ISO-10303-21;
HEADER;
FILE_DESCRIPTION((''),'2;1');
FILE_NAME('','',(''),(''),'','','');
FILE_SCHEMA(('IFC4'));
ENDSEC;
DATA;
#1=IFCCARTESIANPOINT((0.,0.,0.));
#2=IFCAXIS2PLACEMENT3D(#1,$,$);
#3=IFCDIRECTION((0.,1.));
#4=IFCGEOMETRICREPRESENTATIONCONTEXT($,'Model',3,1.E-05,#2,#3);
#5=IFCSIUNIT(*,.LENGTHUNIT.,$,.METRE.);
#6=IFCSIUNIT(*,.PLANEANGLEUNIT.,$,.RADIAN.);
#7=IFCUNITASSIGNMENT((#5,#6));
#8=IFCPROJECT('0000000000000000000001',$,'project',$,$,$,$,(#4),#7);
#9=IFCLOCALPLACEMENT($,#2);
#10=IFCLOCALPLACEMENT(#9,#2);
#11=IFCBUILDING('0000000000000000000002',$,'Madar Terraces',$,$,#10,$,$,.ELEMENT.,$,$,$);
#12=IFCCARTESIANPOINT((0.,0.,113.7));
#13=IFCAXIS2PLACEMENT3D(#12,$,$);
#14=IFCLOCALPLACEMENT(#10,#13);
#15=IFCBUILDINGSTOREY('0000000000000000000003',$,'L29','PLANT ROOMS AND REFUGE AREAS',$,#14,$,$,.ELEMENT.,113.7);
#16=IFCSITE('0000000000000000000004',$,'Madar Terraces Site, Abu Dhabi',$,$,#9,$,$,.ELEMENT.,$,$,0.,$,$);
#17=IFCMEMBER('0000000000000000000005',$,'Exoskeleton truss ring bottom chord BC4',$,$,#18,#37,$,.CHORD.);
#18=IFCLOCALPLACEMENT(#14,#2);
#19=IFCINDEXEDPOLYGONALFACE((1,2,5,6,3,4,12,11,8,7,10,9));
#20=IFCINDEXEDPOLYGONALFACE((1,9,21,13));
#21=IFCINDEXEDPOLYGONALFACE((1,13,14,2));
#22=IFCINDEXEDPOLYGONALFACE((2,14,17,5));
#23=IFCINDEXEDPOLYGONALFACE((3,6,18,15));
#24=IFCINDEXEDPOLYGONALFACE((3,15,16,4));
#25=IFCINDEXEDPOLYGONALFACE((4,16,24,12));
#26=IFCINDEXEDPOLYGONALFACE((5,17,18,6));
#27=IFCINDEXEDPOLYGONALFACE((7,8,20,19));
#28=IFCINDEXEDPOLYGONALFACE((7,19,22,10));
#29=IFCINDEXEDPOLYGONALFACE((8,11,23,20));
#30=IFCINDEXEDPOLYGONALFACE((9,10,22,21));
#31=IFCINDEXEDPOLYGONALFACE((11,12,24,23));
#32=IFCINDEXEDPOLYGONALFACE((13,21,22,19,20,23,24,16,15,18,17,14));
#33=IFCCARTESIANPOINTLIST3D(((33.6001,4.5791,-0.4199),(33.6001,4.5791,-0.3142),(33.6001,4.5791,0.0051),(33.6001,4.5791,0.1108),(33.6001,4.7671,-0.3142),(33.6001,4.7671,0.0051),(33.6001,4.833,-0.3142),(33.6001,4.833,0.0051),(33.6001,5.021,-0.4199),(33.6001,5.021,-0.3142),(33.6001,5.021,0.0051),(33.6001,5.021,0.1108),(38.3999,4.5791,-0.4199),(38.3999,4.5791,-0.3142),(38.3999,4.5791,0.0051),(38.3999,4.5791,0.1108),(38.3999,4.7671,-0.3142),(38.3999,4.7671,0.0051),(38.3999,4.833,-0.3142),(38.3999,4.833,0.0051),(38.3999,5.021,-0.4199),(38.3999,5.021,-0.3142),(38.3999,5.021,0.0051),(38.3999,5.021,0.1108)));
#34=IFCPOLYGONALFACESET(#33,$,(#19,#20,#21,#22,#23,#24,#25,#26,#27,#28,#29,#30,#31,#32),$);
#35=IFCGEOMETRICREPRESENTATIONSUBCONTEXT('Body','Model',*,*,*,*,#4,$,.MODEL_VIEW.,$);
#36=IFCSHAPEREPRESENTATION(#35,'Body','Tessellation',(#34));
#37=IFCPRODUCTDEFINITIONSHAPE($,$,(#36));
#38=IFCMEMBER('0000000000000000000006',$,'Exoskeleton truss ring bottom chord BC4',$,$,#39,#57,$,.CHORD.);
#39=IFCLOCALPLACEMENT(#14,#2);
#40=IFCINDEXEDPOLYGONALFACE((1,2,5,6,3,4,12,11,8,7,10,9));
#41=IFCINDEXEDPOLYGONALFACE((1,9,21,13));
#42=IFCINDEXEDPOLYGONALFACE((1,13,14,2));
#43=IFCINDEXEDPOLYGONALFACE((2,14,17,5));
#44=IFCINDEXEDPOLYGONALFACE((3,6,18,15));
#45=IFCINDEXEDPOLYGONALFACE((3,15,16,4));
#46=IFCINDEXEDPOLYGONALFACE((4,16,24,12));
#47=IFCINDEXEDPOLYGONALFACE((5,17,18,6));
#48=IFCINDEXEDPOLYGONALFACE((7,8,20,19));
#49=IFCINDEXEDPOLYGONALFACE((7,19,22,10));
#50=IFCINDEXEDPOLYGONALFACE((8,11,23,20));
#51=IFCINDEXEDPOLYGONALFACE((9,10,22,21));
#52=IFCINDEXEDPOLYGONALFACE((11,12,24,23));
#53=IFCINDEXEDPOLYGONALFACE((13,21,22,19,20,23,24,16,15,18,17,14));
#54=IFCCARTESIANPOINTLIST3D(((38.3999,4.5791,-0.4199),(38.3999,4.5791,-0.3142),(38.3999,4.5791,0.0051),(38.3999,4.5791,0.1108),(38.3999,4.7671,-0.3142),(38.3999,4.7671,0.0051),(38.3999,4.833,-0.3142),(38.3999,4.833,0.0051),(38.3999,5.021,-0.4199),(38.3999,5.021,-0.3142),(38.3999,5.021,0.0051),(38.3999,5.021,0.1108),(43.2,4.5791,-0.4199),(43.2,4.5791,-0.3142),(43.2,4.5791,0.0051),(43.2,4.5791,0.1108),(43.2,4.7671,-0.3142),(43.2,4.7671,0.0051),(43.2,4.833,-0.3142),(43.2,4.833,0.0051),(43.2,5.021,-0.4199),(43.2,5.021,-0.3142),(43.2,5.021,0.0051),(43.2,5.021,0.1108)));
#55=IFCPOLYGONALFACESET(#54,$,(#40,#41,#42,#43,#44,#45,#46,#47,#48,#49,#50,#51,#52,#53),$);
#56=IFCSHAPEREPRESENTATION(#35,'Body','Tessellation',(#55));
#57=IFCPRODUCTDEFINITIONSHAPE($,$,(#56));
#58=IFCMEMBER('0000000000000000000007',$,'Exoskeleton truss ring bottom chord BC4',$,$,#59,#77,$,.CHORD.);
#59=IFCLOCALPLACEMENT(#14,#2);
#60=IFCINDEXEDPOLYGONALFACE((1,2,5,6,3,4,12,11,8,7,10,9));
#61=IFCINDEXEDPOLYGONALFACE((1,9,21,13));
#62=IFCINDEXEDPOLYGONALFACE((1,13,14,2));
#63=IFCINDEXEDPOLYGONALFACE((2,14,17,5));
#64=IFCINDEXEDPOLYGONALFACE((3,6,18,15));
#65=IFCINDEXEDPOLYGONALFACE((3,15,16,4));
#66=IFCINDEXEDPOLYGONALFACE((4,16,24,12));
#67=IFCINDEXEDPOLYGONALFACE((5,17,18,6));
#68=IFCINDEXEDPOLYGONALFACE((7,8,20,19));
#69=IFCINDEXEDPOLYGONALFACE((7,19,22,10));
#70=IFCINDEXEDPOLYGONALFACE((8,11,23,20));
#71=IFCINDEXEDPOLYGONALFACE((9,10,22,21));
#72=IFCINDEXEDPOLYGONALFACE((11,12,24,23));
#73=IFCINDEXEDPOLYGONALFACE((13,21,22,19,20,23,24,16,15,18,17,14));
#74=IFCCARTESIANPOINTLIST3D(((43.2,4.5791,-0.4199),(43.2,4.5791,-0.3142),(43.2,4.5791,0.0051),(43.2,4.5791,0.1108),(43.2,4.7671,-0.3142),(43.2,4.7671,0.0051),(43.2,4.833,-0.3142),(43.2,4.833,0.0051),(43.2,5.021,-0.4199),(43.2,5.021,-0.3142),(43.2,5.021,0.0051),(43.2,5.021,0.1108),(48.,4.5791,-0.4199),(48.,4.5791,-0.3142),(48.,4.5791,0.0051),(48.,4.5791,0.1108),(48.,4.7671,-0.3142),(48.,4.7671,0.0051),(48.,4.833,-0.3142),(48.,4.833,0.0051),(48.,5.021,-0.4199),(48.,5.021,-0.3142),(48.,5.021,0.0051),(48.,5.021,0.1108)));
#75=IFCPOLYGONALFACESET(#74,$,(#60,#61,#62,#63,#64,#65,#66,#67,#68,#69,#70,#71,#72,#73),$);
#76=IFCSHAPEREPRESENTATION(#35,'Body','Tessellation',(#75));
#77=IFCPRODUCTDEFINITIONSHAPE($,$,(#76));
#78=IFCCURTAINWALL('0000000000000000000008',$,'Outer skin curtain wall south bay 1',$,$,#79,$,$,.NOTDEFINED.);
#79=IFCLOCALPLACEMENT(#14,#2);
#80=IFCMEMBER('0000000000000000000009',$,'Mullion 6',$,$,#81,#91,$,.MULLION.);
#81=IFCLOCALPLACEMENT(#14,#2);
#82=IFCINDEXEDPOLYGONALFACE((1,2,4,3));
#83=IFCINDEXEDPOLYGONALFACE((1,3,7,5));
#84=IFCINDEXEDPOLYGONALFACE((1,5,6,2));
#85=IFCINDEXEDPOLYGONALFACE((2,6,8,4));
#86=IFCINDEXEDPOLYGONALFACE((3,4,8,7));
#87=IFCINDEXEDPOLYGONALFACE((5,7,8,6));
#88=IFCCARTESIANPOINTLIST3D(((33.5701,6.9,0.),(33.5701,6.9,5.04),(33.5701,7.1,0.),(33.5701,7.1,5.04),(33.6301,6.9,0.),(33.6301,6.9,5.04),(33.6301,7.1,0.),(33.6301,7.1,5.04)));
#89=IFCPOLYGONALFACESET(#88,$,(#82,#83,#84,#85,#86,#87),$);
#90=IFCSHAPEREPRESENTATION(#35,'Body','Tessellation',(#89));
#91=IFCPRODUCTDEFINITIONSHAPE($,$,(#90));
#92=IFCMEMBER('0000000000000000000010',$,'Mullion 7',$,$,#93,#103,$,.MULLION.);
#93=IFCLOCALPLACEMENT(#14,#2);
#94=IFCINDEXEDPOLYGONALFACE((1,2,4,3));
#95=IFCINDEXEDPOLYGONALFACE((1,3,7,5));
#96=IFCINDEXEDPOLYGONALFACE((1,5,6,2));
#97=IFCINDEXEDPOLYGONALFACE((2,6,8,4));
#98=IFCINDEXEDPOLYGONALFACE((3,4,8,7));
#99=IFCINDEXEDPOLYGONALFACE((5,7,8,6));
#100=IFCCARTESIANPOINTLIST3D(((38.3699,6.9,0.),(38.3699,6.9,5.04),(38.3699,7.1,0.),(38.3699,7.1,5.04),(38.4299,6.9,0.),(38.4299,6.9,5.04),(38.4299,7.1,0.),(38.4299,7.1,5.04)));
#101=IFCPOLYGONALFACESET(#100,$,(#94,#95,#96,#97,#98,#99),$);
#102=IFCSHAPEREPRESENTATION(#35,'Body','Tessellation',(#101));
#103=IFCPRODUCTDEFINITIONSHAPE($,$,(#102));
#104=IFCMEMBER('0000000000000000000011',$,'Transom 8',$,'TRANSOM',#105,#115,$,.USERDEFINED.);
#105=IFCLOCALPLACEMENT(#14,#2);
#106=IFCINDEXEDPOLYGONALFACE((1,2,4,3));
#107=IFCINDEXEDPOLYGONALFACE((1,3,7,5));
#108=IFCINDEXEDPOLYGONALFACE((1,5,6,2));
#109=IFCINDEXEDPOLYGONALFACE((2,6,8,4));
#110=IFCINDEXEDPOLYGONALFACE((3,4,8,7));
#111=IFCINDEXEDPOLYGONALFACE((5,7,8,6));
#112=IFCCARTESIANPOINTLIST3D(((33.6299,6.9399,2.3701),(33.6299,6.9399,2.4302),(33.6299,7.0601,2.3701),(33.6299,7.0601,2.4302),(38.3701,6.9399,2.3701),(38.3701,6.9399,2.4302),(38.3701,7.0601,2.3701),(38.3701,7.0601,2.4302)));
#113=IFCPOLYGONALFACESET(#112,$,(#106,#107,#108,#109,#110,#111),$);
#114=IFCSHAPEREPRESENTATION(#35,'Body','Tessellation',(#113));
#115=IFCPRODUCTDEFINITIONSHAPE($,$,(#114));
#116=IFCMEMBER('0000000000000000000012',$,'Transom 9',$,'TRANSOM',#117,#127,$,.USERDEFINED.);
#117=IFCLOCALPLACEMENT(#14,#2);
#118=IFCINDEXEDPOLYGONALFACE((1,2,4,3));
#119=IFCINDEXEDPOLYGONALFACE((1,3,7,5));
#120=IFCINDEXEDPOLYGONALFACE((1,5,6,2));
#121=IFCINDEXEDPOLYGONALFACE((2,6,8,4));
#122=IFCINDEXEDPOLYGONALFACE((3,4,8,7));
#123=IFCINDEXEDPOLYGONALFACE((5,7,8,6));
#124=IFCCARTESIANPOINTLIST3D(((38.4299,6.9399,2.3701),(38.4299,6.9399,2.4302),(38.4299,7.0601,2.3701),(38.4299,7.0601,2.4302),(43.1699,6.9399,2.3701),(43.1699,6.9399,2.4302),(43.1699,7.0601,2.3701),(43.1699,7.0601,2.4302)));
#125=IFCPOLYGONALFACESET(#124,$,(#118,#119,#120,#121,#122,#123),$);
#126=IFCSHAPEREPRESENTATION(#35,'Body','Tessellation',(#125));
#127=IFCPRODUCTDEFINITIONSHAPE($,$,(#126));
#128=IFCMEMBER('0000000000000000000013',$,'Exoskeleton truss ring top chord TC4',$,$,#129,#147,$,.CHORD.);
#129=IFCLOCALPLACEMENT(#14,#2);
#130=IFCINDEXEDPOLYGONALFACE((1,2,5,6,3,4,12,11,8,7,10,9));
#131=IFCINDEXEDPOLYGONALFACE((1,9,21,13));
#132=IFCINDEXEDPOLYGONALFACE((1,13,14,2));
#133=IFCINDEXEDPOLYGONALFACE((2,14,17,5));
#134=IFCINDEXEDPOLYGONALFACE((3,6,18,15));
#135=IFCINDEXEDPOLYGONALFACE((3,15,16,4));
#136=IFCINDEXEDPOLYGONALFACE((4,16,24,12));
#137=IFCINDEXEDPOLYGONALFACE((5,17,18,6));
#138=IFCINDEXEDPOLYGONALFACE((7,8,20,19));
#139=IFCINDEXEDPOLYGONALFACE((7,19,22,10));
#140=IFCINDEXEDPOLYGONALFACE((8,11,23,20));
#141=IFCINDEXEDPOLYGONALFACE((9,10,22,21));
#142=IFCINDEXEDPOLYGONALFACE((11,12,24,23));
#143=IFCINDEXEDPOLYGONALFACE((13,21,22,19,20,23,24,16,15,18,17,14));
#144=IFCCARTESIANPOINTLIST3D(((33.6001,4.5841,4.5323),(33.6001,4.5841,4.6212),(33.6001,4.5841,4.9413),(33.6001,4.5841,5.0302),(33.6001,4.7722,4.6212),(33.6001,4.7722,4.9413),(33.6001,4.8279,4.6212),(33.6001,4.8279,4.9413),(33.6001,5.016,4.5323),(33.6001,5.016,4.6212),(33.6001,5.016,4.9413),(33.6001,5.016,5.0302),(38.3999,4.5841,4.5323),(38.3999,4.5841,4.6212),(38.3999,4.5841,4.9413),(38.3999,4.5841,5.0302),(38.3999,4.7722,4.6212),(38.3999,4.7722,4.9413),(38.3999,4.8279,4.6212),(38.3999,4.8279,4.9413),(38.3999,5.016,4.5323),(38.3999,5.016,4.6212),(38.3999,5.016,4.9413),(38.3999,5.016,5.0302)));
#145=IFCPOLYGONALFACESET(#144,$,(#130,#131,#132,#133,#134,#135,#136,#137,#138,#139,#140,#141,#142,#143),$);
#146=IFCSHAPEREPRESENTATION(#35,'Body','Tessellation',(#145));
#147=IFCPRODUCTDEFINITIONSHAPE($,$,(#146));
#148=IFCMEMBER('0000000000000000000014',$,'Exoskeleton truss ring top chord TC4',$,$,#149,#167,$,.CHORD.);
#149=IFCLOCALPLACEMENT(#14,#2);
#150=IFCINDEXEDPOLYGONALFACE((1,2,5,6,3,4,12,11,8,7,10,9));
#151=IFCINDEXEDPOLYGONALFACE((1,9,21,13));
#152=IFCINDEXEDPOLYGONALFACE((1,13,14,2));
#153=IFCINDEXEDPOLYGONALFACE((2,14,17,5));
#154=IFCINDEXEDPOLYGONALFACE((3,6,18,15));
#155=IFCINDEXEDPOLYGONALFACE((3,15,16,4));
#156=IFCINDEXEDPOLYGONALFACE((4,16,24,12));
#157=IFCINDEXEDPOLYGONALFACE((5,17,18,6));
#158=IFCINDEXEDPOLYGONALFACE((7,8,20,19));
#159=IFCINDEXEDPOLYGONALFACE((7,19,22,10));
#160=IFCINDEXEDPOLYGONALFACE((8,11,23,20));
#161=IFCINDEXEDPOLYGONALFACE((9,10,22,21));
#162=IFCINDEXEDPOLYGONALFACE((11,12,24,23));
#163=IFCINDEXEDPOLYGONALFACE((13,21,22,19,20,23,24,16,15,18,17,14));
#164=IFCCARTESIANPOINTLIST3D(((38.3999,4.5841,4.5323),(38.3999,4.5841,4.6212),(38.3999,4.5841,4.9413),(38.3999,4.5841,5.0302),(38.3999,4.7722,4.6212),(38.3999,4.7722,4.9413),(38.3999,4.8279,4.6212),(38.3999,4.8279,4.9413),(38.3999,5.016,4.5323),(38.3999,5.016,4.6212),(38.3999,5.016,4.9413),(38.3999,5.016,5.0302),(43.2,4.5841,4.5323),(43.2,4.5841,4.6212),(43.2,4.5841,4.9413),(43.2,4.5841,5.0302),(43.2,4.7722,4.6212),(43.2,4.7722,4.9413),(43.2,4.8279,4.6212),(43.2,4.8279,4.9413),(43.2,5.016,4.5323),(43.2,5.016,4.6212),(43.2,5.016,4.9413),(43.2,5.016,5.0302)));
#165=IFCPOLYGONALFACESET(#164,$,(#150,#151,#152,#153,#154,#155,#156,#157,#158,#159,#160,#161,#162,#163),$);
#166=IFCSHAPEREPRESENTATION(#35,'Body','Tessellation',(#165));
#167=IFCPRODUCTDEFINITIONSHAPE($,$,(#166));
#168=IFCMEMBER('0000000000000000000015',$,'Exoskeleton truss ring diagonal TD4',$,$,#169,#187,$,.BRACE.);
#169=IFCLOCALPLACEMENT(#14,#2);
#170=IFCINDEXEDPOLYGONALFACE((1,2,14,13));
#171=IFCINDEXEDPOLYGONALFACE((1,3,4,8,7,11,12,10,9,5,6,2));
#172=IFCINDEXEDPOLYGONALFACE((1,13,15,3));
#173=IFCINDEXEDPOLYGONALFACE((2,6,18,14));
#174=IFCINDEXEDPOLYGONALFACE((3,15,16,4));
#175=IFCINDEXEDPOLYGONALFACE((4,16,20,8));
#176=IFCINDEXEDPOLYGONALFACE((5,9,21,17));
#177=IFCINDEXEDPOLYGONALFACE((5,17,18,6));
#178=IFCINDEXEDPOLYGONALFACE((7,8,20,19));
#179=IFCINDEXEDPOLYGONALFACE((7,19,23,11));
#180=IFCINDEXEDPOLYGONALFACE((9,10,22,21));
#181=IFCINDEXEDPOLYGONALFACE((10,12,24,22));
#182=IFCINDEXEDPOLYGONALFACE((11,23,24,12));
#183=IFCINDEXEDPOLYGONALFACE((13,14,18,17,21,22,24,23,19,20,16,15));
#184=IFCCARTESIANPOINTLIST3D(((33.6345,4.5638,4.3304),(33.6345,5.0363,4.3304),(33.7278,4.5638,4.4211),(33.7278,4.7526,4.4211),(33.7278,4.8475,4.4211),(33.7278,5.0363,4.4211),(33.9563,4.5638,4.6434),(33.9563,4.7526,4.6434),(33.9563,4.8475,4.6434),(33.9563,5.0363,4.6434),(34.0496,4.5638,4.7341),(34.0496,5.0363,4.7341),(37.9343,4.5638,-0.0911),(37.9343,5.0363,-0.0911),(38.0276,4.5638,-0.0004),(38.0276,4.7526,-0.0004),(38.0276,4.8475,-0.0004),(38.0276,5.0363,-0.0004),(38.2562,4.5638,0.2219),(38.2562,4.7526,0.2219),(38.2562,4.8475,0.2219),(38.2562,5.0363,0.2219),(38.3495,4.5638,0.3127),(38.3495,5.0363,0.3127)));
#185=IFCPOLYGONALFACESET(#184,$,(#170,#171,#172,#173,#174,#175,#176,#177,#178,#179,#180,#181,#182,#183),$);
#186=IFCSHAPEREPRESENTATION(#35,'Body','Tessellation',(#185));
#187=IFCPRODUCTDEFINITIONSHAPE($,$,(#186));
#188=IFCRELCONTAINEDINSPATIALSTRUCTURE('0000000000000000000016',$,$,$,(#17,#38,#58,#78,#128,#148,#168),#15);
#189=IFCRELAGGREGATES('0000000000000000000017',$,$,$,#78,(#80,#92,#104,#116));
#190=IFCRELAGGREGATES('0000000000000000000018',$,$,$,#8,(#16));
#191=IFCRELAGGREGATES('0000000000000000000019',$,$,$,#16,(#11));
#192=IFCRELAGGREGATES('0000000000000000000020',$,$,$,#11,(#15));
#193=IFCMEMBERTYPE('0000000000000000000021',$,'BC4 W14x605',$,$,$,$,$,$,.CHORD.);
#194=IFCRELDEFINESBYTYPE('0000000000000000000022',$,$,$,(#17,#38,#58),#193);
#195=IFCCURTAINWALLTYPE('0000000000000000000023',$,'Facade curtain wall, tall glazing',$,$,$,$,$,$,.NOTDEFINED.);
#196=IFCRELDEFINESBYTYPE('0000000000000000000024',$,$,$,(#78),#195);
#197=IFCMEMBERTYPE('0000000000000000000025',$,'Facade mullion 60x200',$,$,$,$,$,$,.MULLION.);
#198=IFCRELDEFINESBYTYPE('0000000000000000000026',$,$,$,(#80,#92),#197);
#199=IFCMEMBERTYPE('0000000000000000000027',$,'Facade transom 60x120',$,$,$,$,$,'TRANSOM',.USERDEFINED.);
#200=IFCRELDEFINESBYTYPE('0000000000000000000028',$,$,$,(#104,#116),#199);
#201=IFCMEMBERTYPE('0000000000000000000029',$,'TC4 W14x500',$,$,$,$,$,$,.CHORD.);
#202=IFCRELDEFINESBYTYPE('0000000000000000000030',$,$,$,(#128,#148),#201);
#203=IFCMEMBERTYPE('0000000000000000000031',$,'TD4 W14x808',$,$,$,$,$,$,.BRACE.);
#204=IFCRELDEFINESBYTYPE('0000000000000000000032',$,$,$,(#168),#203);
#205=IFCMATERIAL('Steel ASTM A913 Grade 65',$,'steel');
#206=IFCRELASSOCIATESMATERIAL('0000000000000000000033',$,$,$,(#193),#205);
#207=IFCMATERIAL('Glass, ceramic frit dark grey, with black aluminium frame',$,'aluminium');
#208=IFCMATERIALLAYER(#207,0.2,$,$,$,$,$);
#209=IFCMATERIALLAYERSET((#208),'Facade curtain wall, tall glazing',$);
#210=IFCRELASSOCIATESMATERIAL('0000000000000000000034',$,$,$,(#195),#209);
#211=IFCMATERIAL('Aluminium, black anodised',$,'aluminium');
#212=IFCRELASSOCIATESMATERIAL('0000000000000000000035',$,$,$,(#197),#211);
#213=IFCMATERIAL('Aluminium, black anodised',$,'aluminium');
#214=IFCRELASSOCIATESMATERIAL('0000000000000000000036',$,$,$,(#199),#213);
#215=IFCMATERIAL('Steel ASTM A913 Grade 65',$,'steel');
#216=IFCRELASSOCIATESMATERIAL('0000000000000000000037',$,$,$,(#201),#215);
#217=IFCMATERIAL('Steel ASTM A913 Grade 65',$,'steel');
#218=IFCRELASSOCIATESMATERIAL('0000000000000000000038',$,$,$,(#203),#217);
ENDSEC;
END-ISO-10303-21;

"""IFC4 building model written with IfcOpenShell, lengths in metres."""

from ifc_helpers import new_model, si_unit, direction, frame, origin, origin_2d, place, context, subcontext, project, spatial, rectangle, i_section, extrude, material, layer, layer_set, material_profile, profile_set, type_object, element, aggregate, save


model = new_model("IFC4")

# Units and contexts
model_context = context("Model", 3, precision=1e-05, world=origin(), true_north=direction((0.0, 1.0)))
body_context = subcontext(model_context, "Body", "Model", "MODEL_VIEW")
ifc_project = project(units=[si_unit("LENGTHUNIT", "METRE"), si_unit("PLANEANGLEUNIT", "RADIAN")], contexts=[model_context])

# Site, building, storey
site_placement = place(None, origin())
site = spatial("IfcSite", under=ifc_project, at=site_placement, Name="Madar Terraces Site, Abu Dhabi", CompositionType="ELEMENT", RefElevation=0.0)
building_placement = place(site_placement, origin())
building = spatial("IfcBuilding", under=site, at=building_placement, Name="Madar Terraces", CompositionType="ELEMENT")
storey_placement = place(building_placement, frame((0.0, 0.0, 113.7)))
storey = spatial("IfcBuildingStorey", under=building, at=storey_placement, Name="L29", Description="PLANT ROOMS AND REFUGE AREAS", CompositionType="ELEMENT", Elevation=113.7)

# Members
ifc_material_1 = material(Name="Steel ASTM A913 Grade 65", Category="steel")
ifc_material_profile_1 = material_profile(ifc_material_1, i_section(OverallWidth=0.4419, OverallDepth=0.5308, WebThickness=0.0659, FlangeThickness=0.1057, at=origin_2d()), Name="W14x605")
ifc_profile_set_1 = profile_set([ifc_material_profile_1], Name="Steel ASTM A913 Grade 65")
member_type_1 = type_object("IfcMemberType", Name="BC4 W14x605", PredefinedType="CHORD", material=ifc_profile_set_1)
member_1_placement = place(storey_placement, frame((33.6001, 4.8, -0.1545), z_axis=(1.0, 0.0, 0.0), x_axis=(0.0, 1.0, 0.0)))
element("IfcMember", 1, at=member_1_placement, inside=storey, type_object=member_type_1, Name="Exoskeleton truss ring bottom chord BC4", PredefinedType="CHORD", context=body_context, shape_type="SweptSolid", body=[
    extrude(i_section(OverallWidth=0.4419, OverallDepth=0.5308, WebThickness=0.0659, FlangeThickness=0.1057, at=origin_2d()), origin(), (0.0, 0.0, 1.0), 4.7998),
])
for number, where, z_axis, x_axis, name in (
    (2, (38.3999, 4.8, -0.1545), (1.0, 0.0, 0.0), (0.0, 1.0, 0.0), "Exoskeleton truss ring bottom chord BC4"),
    (3, (43.2, 4.8, -0.1545), (1.0, 0.0, 0.0), (0.0, 1.0, 0.0), "Exoskeleton truss ring bottom chord BC4"),
):
    element("IfcMember", number, at=place(storey_placement, frame(where, z_axis=z_axis, x_axis=x_axis)), inside=storey, type_object=member_type_1, Name=name, PredefinedType="CHORD", context=body_context, shape_type="SweptSolid", body=[
        extrude(i_section(OverallWidth=0.4419, OverallDepth=0.5308, WebThickness=0.0659, FlangeThickness=0.1057, at=origin_2d()), origin(), (0.0, 0.0, 1.0), 4.8),
    ])

# Curtain wall, members
ifc_material_2 = material(Name="Glass, ceramic frit dark grey, with black aluminium frame", Category="aluminium")
ifc_layer_1 = layer(ifc_material_2, 0.2)
ifc_layer_set_1 = layer_set([ifc_layer_1], Name="Facade curtain wall, tall glazing")
curtain_wall_type = type_object("IfcCurtainWallType", Name="Facade curtain wall, tall glazing", PredefinedType="NOTDEFINED", material=ifc_layer_set_1)
curtain_wall_placement = place(storey_placement, origin())
curtain_wall = element("IfcCurtainWall", 4, at=curtain_wall_placement, inside=storey, type_object=curtain_wall_type, Name="Outer skin curtain wall south bay 1", PredefinedType="NOTDEFINED")
ifc_material_3 = material(Name="Aluminium, black anodised", Category="aluminium")
ifc_material_profile_2 = material_profile(ifc_material_3, rectangle(XDim=0.2, YDim=0.0601, at=origin_2d()), Name="Facade mullion 60x200")
ifc_profile_set_2 = profile_set([ifc_material_profile_2], Name="Aluminium, black anodised")
member_type_2 = type_object("IfcMemberType", Name="Facade mullion 60x200", PredefinedType="MULLION", material=ifc_profile_set_2)
member_2_placement = place(storey_placement, frame((33.6001, 7.0, 0.0), z_axis=(0.0, 0.0, 1.0), x_axis=(0.0, 1.0, 0.0)))
member_2 = element("IfcMember", 5, at=member_2_placement, type_object=member_type_2, Name="Mullion 6", PredefinedType="MULLION", context=body_context, shape_type="SweptSolid", body=[
    extrude(rectangle(XDim=0.2, YDim=0.0601, at=origin_2d()), origin(), (0.0, 0.0, 1.0), 5.04),
])
member_3_placement = place(storey_placement, frame((38.3999, 7.0, 0.0), z_axis=(0.0, 0.0, 1.0), x_axis=(0.0, 1.0, 0.0)))
member_3 = element("IfcMember", 6, at=member_3_placement, type_object=member_type_2, Name="Mullion 7", PredefinedType="MULLION", context=body_context, shape_type="SweptSolid", body=[
    extrude(rectangle(XDim=0.2, YDim=0.0601, at=origin_2d()), origin(), (0.0, 0.0, 1.0), 5.04),
])
ifc_material_4 = material(Name="Aluminium, black anodised", Category="aluminium")
ifc_material_profile_3 = material_profile(ifc_material_4, rectangle(XDim=0.1201, YDim=0.0601, at=origin_2d()), Name="Facade transom 60x120")
ifc_profile_set_3 = profile_set([ifc_material_profile_3], Name="Aluminium, black anodised")
member_type_3 = type_object("IfcMemberType", Name="Facade transom 60x120", ElementType="TRANSOM", PredefinedType="USERDEFINED", material=ifc_profile_set_3)
member_4_placement = place(storey_placement, frame((33.6299, 7.0, 2.4001), z_axis=(1.0, 0.0, 0.0), x_axis=(0.0, 1.0, 0.0)))
member_4 = element("IfcMember", 7, at=member_4_placement, type_object=member_type_3, Name="Transom 8", ObjectType="TRANSOM", PredefinedType="USERDEFINED", context=body_context, shape_type="SweptSolid", body=[
    extrude(rectangle(XDim=0.1201, YDim=0.0601, at=origin_2d()), origin(), (0.0, 0.0, 1.0), 4.7402),
])
member_5_placement = place(storey_placement, frame((38.4299, 7.0, 2.4001), z_axis=(1.0, 0.0, 0.0), x_axis=(0.0, 1.0, 0.0)))
member_5 = element("IfcMember", 8, at=member_5_placement, type_object=member_type_3, Name="Transom 9", ObjectType="TRANSOM", PredefinedType="USERDEFINED", context=body_context, shape_type="SweptSolid", body=[
    extrude(rectangle(XDim=0.1201, YDim=0.0601, at=origin_2d()), origin(), (0.0, 0.0, 1.0), 4.74),
])

# Members
ifc_material_5 = material(Name="Steel ASTM A913 Grade 65", Category="steel")
ifc_material_profile_4 = material_profile(ifc_material_5, i_section(OverallWidth=0.4319, OverallDepth=0.4978, WebThickness=0.0557, FlangeThickness=0.0889, at=origin_2d()), Name="W14x500")
ifc_profile_set_4 = profile_set([ifc_material_profile_4], Name="Steel ASTM A913 Grade 65")
member_type_4 = type_object("IfcMemberType", Name="TC4 W14x500", PredefinedType="CHORD", material=ifc_profile_set_4)
member_6_placement = place(storey_placement, frame((33.6001, 4.8, 4.7812), z_axis=(1.0, 0.0, 0.0), x_axis=(0.0, 1.0, 0.0)))
element("IfcMember", 9, at=member_6_placement, inside=storey, type_object=member_type_4, Name="Exoskeleton truss ring top chord TC4", PredefinedType="CHORD", context=body_context, shape_type="SweptSolid", body=[
    extrude(i_section(OverallWidth=0.4319, OverallDepth=0.4978, WebThickness=0.0557, FlangeThickness=0.0889, at=origin_2d()), origin(), (0.0, 0.0, 1.0), 4.7998),
])
member_7_placement = place(storey_placement, frame((38.3999, 4.8, 4.7812), z_axis=(1.0, 0.0, 0.0), x_axis=(0.0, 1.0, 0.0)))
element("IfcMember", 10, at=member_7_placement, inside=storey, type_object=member_type_4, Name="Exoskeleton truss ring top chord TC4", PredefinedType="CHORD", context=body_context, shape_type="SweptSolid", body=[
    extrude(i_section(OverallWidth=0.4319, OverallDepth=0.4978, WebThickness=0.0557, FlangeThickness=0.0889, at=origin_2d()), origin(), (0.0, 0.0, 1.0), 4.8),
])
ifc_material_6 = material(Name="Steel ASTM A913 Grade 65", Category="steel")
ifc_material_profile_5 = material_profile(ifc_material_6, i_section(OverallWidth=0.4724, OverallDepth=0.5791, WebThickness=0.095, FlangeThickness=0.1301, at=origin_2d()), Name="W14x808")
ifc_profile_set_5 = profile_set([ifc_material_profile_5], Name="Steel ASTM A913 Grade 65")
member_type_5 = type_object("IfcMemberType", Name="TD4 W14x808", PredefinedType="BRACE", material=ifc_profile_set_5)
member_8_placement = place(storey_placement, frame((33.842, 4.8, 4.5322), z_axis=(0.697181, 0.0, -0.716895), x_axis=(0.0, 1.0, 0.0)))
element("IfcMember", 11, at=member_8_placement, inside=storey, type_object=member_type_5, Name="Exoskeleton truss ring diagonal TD4", PredefinedType="BRACE", context=body_context, shape_type="SweptSolid", body=[
    extrude(i_section(OverallWidth=0.4724, OverallDepth=0.5791, WebThickness=0.095, FlangeThickness=0.1301, at=origin_2d()), origin(), (0.0, 0.0, 1.0), 6.1675),
])

aggregate(curtain_wall, [member_2, member_3, member_4, member_5])

save(model, "model.ifc")
